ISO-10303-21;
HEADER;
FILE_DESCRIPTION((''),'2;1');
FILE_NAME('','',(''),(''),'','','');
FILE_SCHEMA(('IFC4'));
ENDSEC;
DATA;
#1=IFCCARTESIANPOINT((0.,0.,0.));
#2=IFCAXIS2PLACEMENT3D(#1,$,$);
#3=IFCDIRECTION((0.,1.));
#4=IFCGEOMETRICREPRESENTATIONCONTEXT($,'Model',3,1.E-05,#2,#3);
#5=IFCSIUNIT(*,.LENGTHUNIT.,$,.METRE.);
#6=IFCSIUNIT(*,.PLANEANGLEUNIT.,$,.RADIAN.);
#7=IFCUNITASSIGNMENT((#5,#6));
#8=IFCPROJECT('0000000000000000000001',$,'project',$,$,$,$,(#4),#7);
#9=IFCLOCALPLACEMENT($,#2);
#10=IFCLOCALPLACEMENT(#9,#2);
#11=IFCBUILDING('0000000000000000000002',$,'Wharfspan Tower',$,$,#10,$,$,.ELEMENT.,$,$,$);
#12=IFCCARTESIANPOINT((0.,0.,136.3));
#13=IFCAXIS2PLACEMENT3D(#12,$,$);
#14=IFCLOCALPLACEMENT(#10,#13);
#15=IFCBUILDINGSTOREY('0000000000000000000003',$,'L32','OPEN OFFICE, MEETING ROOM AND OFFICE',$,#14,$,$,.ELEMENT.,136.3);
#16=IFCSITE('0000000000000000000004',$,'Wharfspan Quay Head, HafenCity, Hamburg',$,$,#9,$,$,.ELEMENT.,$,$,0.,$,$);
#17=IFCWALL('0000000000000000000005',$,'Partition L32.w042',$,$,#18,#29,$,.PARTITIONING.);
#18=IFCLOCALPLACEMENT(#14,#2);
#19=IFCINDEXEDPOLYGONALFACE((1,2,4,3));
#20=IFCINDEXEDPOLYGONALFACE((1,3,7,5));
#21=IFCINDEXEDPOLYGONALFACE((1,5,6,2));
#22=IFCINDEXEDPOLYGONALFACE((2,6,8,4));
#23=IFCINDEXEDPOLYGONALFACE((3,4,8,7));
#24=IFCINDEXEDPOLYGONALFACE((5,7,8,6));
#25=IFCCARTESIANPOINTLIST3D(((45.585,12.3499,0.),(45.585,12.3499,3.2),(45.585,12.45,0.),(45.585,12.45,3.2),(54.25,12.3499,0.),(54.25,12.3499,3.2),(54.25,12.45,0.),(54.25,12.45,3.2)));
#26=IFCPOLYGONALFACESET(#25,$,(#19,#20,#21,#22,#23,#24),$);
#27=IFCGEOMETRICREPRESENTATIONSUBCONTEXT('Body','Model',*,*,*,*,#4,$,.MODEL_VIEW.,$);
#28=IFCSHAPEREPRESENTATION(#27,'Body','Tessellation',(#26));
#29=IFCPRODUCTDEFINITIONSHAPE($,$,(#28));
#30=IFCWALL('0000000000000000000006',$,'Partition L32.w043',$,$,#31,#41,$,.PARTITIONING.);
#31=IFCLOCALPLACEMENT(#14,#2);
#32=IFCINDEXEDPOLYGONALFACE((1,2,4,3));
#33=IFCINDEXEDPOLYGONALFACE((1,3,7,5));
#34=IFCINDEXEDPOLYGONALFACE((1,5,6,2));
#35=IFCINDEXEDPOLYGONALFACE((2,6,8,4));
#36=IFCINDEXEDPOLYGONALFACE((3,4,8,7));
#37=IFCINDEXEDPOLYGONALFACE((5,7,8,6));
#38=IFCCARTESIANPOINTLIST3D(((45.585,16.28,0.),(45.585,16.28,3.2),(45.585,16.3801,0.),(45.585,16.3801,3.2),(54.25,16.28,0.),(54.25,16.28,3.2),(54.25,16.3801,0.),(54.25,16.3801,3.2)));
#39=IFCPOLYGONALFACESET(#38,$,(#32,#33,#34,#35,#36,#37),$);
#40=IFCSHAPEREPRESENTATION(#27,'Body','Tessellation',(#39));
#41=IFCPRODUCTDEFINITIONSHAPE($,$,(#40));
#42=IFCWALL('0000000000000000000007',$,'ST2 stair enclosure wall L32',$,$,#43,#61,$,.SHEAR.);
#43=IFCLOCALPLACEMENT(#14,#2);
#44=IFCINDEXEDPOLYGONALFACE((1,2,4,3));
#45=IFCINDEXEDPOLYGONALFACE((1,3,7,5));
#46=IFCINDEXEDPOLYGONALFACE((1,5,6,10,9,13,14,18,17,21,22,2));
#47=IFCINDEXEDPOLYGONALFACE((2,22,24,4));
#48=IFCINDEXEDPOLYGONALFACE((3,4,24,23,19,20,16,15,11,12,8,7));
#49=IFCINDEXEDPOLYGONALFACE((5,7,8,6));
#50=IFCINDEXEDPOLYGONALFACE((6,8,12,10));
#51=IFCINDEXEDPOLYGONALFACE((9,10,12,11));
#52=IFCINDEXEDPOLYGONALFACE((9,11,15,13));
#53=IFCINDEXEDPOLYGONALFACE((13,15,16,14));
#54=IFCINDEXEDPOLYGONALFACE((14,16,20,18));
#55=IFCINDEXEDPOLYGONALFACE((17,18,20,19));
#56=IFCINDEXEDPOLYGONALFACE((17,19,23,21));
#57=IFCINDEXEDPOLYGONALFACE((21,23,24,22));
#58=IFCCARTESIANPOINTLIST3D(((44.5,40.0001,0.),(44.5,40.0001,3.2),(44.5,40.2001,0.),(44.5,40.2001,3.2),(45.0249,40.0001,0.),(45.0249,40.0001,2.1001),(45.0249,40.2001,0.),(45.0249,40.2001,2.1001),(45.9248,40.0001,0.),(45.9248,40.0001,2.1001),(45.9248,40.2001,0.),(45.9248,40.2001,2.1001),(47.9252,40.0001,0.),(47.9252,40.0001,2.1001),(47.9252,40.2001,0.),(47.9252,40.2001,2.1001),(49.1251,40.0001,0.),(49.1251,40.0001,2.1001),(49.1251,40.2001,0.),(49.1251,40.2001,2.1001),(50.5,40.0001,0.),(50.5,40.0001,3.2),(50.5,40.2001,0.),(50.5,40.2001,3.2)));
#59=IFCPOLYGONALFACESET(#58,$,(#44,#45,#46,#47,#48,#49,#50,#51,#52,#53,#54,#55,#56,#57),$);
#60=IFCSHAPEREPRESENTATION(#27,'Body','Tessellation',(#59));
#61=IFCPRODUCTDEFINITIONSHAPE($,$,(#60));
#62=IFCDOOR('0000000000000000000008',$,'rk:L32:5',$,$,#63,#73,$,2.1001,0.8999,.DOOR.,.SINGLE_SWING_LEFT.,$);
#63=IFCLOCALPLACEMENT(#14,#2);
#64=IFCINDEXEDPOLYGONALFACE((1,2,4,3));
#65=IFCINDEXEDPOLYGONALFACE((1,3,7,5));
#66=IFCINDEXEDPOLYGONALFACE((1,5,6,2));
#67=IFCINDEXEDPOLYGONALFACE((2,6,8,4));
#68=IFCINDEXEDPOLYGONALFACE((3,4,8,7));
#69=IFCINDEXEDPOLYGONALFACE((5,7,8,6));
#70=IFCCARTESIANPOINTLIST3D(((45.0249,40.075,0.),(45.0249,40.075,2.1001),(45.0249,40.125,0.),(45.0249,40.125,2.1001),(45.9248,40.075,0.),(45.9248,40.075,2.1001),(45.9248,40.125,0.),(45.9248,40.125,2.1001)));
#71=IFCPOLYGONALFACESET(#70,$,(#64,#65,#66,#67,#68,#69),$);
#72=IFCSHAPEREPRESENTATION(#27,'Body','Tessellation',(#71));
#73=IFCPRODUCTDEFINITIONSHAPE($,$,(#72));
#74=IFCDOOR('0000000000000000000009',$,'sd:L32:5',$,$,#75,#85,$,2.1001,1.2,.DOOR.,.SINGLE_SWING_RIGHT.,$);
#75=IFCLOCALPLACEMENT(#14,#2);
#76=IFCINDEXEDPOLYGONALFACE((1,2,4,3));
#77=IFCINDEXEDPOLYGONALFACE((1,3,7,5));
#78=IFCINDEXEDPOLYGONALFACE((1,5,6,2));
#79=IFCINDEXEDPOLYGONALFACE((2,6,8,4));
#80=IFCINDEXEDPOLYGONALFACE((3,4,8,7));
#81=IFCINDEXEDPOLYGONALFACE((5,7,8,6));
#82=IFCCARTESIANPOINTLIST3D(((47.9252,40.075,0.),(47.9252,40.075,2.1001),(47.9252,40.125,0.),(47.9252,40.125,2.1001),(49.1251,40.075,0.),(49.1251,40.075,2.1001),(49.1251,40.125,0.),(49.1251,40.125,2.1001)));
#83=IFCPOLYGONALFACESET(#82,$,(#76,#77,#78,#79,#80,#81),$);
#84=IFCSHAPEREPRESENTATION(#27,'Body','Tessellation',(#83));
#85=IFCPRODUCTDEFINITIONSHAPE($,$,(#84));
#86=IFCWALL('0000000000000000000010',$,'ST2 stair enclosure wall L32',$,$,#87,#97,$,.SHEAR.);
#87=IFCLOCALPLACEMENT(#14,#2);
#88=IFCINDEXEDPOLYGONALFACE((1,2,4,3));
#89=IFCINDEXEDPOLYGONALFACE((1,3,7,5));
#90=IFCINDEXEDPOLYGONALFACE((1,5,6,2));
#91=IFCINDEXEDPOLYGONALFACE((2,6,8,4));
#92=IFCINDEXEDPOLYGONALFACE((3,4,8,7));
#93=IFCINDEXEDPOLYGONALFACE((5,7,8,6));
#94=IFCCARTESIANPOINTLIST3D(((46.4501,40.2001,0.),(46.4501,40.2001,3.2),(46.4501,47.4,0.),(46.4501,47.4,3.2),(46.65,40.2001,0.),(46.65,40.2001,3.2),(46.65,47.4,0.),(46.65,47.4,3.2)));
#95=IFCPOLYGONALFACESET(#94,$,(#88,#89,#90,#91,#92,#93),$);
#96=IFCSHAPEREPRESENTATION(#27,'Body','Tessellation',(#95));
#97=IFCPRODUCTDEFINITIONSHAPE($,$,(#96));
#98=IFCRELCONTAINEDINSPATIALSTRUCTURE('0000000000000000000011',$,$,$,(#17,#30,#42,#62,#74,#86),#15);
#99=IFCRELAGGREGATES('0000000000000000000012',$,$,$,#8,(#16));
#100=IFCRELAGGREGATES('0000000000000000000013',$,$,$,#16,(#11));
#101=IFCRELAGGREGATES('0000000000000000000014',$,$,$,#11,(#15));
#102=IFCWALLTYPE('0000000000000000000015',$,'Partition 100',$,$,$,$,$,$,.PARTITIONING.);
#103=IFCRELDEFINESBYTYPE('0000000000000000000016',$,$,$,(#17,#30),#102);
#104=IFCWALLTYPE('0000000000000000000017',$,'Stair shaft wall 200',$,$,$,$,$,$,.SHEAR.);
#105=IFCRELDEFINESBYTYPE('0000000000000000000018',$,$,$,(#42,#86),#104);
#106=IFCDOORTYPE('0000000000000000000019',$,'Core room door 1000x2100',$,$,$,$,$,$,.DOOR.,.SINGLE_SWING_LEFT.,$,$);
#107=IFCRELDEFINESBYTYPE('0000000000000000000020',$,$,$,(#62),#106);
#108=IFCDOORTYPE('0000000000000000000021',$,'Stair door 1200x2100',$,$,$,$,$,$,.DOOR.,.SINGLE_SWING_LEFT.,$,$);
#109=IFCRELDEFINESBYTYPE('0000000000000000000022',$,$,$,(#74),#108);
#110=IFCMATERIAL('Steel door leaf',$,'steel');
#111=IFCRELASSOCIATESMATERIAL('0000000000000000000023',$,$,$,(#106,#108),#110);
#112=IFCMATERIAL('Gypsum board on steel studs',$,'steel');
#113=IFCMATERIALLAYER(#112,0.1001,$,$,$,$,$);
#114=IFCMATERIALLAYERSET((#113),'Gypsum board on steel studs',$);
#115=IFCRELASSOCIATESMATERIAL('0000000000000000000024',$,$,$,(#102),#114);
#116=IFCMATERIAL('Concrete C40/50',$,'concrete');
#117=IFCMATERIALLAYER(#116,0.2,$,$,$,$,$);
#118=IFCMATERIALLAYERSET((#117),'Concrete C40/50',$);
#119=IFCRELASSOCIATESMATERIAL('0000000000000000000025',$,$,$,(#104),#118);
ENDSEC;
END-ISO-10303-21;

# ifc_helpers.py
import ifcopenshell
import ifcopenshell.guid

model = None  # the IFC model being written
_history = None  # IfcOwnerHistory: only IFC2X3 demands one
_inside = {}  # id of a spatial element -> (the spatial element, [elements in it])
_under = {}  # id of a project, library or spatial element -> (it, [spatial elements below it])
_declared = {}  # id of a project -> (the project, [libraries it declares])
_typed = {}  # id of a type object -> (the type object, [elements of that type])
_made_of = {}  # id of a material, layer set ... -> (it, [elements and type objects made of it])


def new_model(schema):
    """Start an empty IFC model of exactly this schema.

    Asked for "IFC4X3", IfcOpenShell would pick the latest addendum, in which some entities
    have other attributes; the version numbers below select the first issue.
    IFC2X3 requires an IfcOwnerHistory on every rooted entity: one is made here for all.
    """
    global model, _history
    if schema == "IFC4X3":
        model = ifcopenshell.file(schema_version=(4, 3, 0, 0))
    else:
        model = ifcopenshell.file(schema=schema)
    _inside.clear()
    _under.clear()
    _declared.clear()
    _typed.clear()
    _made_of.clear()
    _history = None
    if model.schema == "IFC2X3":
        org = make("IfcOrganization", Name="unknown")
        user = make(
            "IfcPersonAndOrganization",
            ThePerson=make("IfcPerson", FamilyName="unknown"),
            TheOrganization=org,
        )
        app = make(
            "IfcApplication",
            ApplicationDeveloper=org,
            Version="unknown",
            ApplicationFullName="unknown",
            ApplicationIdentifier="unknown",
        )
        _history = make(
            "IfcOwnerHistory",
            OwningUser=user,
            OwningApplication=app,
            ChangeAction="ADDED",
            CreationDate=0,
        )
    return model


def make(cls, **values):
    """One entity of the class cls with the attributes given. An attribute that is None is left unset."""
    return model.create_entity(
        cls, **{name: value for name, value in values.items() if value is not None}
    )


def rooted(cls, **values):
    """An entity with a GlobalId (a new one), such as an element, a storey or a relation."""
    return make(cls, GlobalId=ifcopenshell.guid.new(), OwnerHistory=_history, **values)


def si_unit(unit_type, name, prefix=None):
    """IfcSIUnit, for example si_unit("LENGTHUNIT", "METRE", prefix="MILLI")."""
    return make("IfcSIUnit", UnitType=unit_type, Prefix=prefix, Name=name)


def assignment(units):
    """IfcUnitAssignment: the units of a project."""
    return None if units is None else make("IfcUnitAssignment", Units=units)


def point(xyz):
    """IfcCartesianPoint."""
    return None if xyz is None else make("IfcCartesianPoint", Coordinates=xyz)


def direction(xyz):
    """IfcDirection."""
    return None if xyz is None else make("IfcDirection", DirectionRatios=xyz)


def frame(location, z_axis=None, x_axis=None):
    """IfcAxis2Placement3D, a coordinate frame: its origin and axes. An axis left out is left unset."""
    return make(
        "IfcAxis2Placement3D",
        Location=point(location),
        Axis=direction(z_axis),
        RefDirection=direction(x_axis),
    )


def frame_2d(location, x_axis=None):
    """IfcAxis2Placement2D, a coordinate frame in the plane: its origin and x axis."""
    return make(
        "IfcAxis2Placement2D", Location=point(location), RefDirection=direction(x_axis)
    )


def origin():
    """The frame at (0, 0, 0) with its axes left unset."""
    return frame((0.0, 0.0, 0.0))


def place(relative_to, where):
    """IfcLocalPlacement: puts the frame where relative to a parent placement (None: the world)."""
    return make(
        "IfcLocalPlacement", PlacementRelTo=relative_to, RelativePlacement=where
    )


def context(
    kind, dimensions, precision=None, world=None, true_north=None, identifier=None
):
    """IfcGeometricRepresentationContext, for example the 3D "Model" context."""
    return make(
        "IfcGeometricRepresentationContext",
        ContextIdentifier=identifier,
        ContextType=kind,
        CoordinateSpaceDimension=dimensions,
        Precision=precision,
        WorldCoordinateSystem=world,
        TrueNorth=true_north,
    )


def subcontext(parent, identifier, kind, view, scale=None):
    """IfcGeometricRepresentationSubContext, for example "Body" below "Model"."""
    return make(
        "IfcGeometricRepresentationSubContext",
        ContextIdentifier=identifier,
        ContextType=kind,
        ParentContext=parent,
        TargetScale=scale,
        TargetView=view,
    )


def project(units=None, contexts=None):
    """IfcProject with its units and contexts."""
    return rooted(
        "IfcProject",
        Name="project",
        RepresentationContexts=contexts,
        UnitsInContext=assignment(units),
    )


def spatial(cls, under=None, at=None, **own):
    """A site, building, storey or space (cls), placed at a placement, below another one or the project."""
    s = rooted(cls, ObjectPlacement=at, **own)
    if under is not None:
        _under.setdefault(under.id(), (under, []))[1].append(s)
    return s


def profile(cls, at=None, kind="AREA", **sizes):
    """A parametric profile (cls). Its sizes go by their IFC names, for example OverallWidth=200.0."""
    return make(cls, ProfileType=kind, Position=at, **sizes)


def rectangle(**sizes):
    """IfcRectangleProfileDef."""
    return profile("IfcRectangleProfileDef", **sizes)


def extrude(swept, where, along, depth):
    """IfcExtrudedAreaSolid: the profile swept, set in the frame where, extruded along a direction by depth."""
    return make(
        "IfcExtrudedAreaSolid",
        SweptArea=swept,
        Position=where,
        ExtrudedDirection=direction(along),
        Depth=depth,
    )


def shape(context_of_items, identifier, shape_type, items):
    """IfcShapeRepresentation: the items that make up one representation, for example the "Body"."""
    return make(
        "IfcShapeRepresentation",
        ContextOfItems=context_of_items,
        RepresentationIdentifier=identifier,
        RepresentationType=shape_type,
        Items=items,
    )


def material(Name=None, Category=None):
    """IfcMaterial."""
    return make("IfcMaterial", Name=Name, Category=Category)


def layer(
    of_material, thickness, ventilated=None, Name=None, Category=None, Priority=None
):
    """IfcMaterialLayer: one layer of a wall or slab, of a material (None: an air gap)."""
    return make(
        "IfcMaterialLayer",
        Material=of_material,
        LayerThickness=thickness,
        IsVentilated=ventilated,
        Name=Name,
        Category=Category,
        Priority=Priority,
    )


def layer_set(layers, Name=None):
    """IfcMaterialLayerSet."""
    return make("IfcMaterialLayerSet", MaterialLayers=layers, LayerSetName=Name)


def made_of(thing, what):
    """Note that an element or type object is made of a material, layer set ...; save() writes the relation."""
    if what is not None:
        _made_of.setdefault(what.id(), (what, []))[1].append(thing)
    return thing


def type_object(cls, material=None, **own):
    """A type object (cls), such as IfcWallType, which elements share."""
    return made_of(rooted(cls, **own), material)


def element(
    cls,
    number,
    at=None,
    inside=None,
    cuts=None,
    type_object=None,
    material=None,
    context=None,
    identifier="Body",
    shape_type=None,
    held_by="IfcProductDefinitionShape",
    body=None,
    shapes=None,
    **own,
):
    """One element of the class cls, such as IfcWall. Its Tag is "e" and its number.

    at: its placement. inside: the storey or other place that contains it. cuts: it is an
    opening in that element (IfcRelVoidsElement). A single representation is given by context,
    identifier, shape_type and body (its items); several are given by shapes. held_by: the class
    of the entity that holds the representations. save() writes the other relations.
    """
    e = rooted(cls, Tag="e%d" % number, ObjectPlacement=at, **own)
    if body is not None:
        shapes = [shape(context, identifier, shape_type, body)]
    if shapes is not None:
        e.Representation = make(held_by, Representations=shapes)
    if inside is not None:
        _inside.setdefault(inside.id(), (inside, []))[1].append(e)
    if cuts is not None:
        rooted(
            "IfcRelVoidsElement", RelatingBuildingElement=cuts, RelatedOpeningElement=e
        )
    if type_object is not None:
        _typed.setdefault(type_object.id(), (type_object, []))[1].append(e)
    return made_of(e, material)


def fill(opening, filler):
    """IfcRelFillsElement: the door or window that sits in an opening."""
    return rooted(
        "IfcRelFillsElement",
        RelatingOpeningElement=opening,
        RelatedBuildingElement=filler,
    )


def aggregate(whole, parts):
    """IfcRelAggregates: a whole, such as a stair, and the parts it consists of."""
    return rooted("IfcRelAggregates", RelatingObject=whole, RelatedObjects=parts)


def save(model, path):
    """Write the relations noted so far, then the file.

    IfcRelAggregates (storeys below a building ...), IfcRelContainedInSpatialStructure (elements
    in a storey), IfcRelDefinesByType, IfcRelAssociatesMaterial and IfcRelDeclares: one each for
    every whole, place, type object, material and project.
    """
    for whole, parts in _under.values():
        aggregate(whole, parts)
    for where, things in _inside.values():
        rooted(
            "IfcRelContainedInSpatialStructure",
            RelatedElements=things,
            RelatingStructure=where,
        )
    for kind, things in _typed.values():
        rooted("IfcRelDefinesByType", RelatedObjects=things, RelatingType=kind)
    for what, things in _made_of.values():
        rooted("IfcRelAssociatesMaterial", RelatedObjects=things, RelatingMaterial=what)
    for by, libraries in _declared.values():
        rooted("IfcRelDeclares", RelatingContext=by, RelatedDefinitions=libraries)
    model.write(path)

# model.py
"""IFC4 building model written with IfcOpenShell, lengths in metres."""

from ifc_helpers import new_model, si_unit, direction, frame, frame_2d, origin, place, context, subcontext, project, spatial, rectangle, extrude, material, layer, layer_set, type_object, element, fill, save


model = new_model("IFC4")

# Units and contexts
model_context = context("Model", 3, precision=1e-05, world=origin(), true_north=direction((0.0, 1.0)))
body_context = subcontext(model_context, "Body", "Model", "MODEL_VIEW")
ifc_project = project(units=[si_unit("LENGTHUNIT", "METRE"), si_unit("PLANEANGLEUNIT", "RADIAN")], contexts=[model_context])

# Site, building, storey
site_placement = place(None, origin())
site = spatial("IfcSite", under=ifc_project, at=site_placement, Name="Wharfspan Quay Head, HafenCity, Hamburg", CompositionType="ELEMENT", RefElevation=0.0)
building_placement = place(site_placement, origin())
building = spatial("IfcBuilding", under=site, at=building_placement, Name="Wharfspan Tower", CompositionType="ELEMENT")
storey_placement = place(building_placement, frame((0.0, 0.0, 136.3)))
storey = spatial("IfcBuildingStorey", under=building, at=storey_placement, Name="L32", Description="OPEN OFFICE, MEETING ROOM AND OFFICE", CompositionType="ELEMENT", Elevation=136.3)

# Shared definitions
ifc_material_1 = material(Name="Gypsum board on steel studs", Category="steel")

# Shared definitions
ifc_material_2 = material(Name="Steel door leaf", Category="steel")
door_type_1 = type_object("IfcDoorType", Name="Core room door 1000x2100", OperationType="SINGLE_SWING_LEFT", PredefinedType="DOOR", material=ifc_material_2)

# Walls
ifc_layer_1 = layer(ifc_material_1, 0.1001)
ifc_layer_set_1 = layer_set([ifc_layer_1], Name="Gypsum board on steel studs")
wall_type_1 = type_object("IfcWallType", Name="Partition 100", PredefinedType="PARTITIONING", material=ifc_layer_set_1)
for number, where, z_axis, x_axis, name in (
    (1, (45.585, 12.3999, 0.0), (0.0, 0.0, 1.0), (1.0, 0.0, 0.0), "Partition L32.w042"),
    (2, (45.585, 16.3301, 0.0), (0.0, 0.0, 1.0), (1.0, 0.0, 0.0), "Partition L32.w043"),
):
    element("IfcWall", number, at=place(storey_placement, frame(where, z_axis=z_axis, x_axis=x_axis)), inside=storey, type_object=wall_type_1, Name=name, PredefinedType="PARTITIONING", context=body_context, shape_type="SweptSolid", body=[
        extrude(rectangle(XDim=8.665, YDim=0.1001, at=frame_2d((4.3325, 0.0))), origin(), (0.0, 0.0, 1.0), 3.2),
    ])

# Wall, openings, doors
ifc_material_3 = material(Name="Concrete C40/50", Category="concrete")
ifc_layer_2 = layer(ifc_material_3, 0.2)
ifc_layer_set_2 = layer_set([ifc_layer_2], Name="Concrete C40/50")
wall_type_2 = type_object("IfcWallType", Name="Stair shaft wall 200", PredefinedType="SHEAR", material=ifc_layer_set_2)
wall_1_placement = place(storey_placement, frame((44.5, 40.1001, 0.0), z_axis=(0.0, 0.0, 1.0), x_axis=(1.0, 0.0, 0.0)))
wall_1 = element("IfcWall", 3, at=wall_1_placement, inside=storey, type_object=wall_type_2, Name="ST2 stair enclosure wall L32", PredefinedType="SHEAR", context=body_context, shape_type="SweptSolid", body=[
    extrude(rectangle(XDim=6.0, YDim=0.2, at=frame_2d((3.0, 0.0))), origin(), (0.0, 0.0, 1.0), 3.2),
])
opening_1_placement = place(wall_1_placement, frame((3.425, 0.0, 0.0)))
opening_1 = element("IfcOpeningElement", 4, at=opening_1_placement, cuts=wall_1, PredefinedType="OPENING", context=body_context, shape_type="SweptSolid", body=[
    extrude(rectangle(XDim=1.2, YDim=2.1001, at=frame_2d((0.6001, 1.05))), frame((0.0, 0.1099, 0.0), z_axis=(0.0, -1.0, 0.0), x_axis=(1.0, 0.0, 0.0)), (0.0, 0.0, 1.0), 0.22),
])
opening_2_placement = place(wall_1_placement, frame((0.5249, 0.0, 0.0)))
opening_2 = element("IfcOpeningElement", 5, at=opening_2_placement, cuts=wall_1, PredefinedType="OPENING", context=body_context, shape_type="SweptSolid", body=[
    extrude(rectangle(XDim=0.8999, YDim=2.1001, at=frame_2d((0.45, 1.05))), frame((0.0, 0.1099, 0.0), z_axis=(0.0, -1.0, 0.0), x_axis=(1.0, 0.0, 0.0)), (0.0, 0.0, 1.0), 0.22),
])
door_1_placement = place(opening_2_placement, origin())
door_1 = element("IfcDoor", 6, at=door_1_placement, inside=storey, type_object=door_type_1, Name="rk:L32:5", OperationType="SINGLE_SWING_LEFT", OverallHeight=2.1001, OverallWidth=0.8999, PredefinedType="DOOR", context=body_context, shape_type="SweptSolid", body=[
    extrude(rectangle(XDim=0.8999, YDim=2.1001, at=frame_2d((0.45, 1.05))), frame((0.0, 0.0249, 0.0), z_axis=(0.0, -1.0, 0.0), x_axis=(1.0, 0.0, 0.0)), (0.0, 0.0, 1.0), 0.05),
])
fill(opening_2, door_1)
door_type_2 = type_object("IfcDoorType", Name="Stair door 1200x2100", OperationType="SINGLE_SWING_LEFT", PredefinedType="DOOR", material=ifc_material_2)
door_2_placement = place(opening_1_placement, origin())
door_2 = element("IfcDoor", 7, at=door_2_placement, inside=storey, type_object=door_type_2, Name="sd:L32:5", OperationType="SINGLE_SWING_RIGHT", OverallHeight=2.1001, OverallWidth=1.2, PredefinedType="DOOR", context=body_context, shape_type="SweptSolid", body=[
    extrude(rectangle(XDim=1.2, YDim=2.1001, at=frame_2d((0.6001, 1.05))), frame((0.0, 0.0249, 0.0), z_axis=(0.0, -1.0, 0.0), x_axis=(1.0, 0.0, 0.0)), (0.0, 0.0, 1.0), 0.05),
])
fill(opening_1, door_2)

# Wall
wall_2_placement = place(storey_placement, frame((46.55, 40.2, 0.0), z_axis=(0.0, 0.0, 1.0), x_axis=(0.0, 1.0, 0.0)))
element("IfcWall", 8, at=wall_2_placement, inside=storey, type_object=wall_type_2, Name="ST2 stair enclosure wall L32", PredefinedType="SHEAR", context=body_context, shape_type="SweptSolid", body=[
    extrude(rectangle(XDim=7.2, YDim=0.2, at=frame_2d((3.6001, 0.0))), origin(), (0.0, 0.0, 1.0), 3.2),
])

save(model, "model.ifc")
